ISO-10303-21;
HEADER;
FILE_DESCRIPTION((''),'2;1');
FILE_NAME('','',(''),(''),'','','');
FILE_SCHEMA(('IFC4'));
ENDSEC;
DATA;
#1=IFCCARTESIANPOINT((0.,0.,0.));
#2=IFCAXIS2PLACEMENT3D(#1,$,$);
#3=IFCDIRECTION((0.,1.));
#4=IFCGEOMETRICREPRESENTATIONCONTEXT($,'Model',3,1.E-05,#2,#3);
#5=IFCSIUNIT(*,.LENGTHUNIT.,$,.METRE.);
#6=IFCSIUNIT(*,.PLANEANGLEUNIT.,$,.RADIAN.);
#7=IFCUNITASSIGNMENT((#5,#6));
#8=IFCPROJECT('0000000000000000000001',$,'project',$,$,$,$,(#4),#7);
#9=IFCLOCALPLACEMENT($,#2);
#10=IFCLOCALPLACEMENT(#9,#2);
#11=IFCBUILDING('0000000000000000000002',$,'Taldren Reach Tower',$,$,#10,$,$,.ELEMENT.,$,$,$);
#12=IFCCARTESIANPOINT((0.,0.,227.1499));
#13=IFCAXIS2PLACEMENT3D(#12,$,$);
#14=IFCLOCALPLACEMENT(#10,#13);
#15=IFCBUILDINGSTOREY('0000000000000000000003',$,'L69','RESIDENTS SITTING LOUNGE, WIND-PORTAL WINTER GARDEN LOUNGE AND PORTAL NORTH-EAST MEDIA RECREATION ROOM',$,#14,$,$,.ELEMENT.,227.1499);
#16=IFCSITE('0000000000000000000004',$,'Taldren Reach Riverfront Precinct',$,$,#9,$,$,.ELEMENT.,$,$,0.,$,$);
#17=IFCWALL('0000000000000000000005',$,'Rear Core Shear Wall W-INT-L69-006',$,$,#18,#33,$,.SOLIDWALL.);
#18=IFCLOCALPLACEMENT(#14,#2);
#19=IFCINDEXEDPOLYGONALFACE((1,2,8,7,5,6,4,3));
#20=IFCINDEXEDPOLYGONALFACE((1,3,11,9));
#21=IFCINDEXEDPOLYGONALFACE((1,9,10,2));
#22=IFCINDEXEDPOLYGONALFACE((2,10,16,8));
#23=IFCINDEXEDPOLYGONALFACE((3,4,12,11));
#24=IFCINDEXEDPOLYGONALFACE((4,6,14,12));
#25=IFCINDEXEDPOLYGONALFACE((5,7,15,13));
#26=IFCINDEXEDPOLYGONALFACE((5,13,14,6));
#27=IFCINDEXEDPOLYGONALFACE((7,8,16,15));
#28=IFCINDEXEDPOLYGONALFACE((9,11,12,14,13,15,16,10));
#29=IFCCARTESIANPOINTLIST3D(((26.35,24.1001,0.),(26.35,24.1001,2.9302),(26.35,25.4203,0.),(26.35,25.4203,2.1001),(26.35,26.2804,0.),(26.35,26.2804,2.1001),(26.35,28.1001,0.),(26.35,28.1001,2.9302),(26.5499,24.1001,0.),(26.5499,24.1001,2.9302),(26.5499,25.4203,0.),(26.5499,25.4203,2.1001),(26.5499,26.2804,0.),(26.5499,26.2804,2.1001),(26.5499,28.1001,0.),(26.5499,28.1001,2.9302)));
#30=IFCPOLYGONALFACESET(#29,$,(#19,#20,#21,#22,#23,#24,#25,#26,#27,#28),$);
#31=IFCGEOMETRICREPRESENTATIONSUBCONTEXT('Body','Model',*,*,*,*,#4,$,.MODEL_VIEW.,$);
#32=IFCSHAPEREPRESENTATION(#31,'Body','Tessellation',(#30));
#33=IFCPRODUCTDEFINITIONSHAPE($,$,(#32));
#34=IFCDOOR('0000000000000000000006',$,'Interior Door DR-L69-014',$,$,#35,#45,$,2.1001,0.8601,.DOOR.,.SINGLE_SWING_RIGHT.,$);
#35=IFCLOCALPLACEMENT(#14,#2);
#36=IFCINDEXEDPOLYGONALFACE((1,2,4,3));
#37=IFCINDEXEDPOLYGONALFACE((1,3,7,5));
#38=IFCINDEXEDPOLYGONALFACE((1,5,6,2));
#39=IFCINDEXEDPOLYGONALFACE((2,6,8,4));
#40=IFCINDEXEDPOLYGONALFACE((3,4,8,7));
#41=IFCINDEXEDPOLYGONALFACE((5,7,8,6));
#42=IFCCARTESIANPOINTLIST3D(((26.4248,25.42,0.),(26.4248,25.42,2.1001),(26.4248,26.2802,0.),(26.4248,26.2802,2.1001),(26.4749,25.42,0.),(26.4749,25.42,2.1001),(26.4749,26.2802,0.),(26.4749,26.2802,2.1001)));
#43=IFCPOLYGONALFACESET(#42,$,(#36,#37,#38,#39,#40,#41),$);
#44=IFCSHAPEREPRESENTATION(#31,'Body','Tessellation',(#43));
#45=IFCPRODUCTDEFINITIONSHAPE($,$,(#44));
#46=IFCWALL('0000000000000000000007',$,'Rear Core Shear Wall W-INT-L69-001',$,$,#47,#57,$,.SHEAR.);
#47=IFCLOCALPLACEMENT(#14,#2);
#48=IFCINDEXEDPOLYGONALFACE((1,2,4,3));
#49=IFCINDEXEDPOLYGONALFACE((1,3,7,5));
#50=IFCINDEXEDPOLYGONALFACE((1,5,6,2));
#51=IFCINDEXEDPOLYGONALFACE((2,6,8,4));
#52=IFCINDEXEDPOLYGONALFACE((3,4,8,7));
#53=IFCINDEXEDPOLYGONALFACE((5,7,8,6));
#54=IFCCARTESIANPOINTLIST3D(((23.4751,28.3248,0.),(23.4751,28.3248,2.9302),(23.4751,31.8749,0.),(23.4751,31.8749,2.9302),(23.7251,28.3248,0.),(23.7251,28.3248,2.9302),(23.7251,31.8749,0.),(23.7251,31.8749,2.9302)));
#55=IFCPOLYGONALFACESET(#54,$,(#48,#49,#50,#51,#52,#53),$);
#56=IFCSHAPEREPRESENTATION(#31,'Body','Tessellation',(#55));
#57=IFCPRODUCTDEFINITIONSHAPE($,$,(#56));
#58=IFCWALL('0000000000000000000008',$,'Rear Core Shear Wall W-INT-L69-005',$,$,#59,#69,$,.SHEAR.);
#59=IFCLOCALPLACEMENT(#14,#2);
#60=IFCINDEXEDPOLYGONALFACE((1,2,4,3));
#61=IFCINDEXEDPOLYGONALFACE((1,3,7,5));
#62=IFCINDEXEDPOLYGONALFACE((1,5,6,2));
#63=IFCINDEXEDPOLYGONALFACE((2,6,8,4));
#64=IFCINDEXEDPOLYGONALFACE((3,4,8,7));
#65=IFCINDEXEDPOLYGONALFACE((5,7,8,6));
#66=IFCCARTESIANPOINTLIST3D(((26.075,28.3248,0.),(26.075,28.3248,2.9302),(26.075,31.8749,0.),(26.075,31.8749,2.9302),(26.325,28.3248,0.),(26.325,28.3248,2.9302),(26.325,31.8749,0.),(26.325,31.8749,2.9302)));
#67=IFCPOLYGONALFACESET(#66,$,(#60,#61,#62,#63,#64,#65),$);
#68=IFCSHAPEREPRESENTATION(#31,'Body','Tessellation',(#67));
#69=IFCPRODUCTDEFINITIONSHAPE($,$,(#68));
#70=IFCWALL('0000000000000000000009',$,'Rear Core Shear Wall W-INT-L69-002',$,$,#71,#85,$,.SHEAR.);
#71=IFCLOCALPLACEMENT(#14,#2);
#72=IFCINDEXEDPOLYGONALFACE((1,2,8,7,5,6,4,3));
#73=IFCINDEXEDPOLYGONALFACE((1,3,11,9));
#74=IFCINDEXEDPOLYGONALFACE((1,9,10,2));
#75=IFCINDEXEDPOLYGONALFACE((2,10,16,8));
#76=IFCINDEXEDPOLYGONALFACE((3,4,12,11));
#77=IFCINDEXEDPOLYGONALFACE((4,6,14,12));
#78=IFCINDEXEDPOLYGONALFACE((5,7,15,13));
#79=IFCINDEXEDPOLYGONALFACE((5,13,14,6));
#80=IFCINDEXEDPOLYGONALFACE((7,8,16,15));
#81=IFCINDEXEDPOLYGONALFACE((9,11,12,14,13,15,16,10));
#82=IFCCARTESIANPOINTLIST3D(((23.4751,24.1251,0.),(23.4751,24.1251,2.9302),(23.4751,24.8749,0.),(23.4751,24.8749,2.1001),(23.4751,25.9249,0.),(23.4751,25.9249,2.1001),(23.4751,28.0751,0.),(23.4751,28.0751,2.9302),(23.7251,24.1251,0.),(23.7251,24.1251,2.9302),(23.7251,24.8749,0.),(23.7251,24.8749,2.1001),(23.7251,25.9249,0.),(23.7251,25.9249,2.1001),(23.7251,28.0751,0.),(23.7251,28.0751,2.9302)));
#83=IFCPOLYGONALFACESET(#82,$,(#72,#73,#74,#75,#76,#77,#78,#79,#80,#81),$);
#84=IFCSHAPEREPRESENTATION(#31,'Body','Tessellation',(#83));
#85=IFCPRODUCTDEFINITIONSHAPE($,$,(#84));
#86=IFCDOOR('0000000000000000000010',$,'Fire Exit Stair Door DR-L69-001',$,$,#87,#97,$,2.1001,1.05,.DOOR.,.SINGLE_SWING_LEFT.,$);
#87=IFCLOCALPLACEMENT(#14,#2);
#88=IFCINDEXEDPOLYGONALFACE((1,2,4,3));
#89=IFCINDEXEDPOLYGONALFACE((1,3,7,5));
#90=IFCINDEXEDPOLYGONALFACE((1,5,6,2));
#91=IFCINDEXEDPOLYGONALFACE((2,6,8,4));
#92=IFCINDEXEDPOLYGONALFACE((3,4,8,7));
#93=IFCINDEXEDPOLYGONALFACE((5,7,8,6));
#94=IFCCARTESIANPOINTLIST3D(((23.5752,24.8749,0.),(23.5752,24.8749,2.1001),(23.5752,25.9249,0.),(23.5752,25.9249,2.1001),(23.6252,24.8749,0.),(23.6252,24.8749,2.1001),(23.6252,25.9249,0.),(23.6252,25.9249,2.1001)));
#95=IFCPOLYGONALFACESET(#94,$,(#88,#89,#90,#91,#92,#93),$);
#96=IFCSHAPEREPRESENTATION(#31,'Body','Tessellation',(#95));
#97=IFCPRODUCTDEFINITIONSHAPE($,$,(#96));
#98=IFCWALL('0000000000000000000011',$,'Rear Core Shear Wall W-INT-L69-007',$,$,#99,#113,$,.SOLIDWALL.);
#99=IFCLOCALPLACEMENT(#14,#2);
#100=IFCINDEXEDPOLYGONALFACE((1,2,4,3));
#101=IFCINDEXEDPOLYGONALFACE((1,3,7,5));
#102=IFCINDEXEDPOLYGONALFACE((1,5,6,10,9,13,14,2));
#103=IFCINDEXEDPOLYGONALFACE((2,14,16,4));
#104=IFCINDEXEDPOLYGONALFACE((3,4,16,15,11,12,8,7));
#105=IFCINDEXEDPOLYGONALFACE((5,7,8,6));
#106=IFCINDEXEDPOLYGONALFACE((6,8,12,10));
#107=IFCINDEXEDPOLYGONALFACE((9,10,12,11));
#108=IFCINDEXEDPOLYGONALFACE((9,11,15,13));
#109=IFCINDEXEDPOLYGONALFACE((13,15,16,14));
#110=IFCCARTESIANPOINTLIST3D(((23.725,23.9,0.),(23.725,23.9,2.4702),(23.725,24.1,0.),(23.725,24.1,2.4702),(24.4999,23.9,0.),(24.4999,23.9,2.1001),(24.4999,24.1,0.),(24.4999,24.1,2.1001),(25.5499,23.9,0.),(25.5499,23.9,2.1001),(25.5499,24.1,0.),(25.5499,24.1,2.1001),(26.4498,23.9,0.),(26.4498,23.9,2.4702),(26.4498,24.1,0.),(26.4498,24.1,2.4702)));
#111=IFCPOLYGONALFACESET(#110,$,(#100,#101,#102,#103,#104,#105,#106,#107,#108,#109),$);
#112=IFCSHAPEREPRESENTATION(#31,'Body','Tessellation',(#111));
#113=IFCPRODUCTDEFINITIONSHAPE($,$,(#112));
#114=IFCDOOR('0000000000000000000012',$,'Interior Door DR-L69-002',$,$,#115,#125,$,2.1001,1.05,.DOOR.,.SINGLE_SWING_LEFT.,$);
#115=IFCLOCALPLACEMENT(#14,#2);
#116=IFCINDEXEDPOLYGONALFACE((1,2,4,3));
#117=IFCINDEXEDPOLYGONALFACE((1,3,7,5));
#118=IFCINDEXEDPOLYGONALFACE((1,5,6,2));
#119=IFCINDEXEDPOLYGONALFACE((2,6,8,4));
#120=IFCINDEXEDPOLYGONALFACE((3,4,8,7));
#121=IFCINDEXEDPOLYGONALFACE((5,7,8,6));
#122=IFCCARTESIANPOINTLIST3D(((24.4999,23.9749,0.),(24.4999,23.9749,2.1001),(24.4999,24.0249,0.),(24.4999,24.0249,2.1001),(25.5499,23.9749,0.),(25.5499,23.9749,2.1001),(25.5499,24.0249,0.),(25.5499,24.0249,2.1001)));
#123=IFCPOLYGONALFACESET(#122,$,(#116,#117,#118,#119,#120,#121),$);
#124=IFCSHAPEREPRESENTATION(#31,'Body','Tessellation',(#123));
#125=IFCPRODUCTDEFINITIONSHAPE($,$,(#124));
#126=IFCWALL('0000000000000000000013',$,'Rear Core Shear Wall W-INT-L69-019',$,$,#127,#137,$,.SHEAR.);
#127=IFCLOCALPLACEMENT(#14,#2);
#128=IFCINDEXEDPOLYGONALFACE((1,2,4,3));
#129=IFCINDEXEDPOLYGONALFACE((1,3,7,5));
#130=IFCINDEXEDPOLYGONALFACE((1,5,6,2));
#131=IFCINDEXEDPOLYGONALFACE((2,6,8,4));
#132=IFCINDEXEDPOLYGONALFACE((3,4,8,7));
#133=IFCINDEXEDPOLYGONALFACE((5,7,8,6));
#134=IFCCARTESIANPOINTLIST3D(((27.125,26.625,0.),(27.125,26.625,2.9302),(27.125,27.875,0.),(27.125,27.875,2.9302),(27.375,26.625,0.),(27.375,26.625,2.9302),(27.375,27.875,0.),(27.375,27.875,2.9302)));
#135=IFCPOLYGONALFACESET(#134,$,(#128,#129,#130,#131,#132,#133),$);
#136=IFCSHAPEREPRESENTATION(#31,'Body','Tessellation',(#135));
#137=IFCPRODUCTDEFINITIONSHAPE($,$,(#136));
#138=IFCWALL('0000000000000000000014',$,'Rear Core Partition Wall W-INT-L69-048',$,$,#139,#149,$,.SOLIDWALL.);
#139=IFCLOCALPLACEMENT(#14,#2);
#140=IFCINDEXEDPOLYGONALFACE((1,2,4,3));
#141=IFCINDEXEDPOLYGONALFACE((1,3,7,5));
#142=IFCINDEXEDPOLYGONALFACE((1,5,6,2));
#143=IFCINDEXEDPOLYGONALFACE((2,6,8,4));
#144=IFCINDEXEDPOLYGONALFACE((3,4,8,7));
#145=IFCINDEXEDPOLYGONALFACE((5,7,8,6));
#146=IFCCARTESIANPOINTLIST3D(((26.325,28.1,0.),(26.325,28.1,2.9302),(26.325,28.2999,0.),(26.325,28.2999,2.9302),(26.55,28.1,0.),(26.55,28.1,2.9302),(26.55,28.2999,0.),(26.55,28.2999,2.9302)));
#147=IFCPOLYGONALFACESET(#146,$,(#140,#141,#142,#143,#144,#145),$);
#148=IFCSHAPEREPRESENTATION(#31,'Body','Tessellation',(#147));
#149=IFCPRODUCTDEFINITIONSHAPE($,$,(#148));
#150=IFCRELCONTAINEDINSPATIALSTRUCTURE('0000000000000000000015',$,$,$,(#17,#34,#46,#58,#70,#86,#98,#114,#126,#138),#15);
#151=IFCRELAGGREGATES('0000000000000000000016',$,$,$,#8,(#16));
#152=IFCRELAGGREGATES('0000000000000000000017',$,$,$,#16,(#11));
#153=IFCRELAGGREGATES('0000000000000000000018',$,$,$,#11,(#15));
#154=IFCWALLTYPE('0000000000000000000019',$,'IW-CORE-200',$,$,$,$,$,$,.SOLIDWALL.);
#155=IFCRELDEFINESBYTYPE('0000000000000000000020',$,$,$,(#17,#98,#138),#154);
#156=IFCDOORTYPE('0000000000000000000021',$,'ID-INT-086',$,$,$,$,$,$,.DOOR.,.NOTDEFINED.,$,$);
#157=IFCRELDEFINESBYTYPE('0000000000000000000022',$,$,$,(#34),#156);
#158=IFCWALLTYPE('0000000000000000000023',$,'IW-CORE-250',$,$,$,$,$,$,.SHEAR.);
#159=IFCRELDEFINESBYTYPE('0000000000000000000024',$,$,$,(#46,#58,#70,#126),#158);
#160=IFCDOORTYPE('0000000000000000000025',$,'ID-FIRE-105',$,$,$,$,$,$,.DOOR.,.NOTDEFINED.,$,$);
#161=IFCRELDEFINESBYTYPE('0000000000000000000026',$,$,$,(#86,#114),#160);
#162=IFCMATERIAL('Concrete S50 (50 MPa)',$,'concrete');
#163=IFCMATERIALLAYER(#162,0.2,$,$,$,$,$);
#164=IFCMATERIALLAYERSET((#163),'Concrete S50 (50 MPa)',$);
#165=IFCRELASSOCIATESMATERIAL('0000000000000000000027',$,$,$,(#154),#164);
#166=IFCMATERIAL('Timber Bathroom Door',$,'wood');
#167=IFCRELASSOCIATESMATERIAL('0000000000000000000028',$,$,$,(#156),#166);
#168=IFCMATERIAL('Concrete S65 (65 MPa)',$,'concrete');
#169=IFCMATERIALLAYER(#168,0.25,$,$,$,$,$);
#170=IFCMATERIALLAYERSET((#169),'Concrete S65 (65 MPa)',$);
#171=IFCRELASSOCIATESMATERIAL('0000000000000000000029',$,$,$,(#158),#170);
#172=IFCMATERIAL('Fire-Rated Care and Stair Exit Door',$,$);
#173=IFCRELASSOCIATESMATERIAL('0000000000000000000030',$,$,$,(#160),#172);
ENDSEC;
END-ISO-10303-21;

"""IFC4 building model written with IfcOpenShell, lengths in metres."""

from ifc_helpers import new_model, si_unit, direction, frame, frame_2d, origin, place, context, subcontext, project, spatial, rectangle, extrude, source, transform, mapped, material, layer, layer_set, type_object, element, fill, save


model = new_model("IFC4")

# Units and contexts
model_context = context("Model", 3, precision=1e-05, world=origin(), true_north=direction((0.0, 1.0)))
body_context = subcontext(model_context, "Body", "Model", "MODEL_VIEW")
ifc_project = project(units=[si_unit("LENGTHUNIT", "METRE"), si_unit("PLANEANGLEUNIT", "RADIAN")], contexts=[model_context])

# Site, building, storey
site_placement = place(None, origin())
site = spatial("IfcSite", under=ifc_project, at=site_placement, Name="Taldren Reach Riverfront Precinct", CompositionType="ELEMENT", RefElevation=0.0)
building_placement = place(site_placement, origin())
building = spatial("IfcBuilding", under=site, at=building_placement, Name="Taldren Reach Tower", CompositionType="ELEMENT")
storey_placement = place(building_placement, frame((0.0, 0.0, 227.1499)))
storey = spatial("IfcBuildingStorey", under=building, at=storey_placement, Name="L69", Description="RESIDENTS SITTING LOUNGE, WIND-PORTAL WINTER GARDEN LOUNGE AND PORTAL NORTH-EAST MEDIA RECREATION ROOM", CompositionType="ELEMENT", Elevation=227.1499)

# Wall, opening, door
ifc_material_1 = material(Name="Concrete S50 (50 MPa)", Category="concrete")
ifc_layer_1 = layer(ifc_material_1, 0.2)
ifc_layer_set_1 = layer_set([ifc_layer_1], Name="Concrete S50 (50 MPa)")
wall_type_1 = type_object("IfcWallType", Name="IW-CORE-200", PredefinedType="SOLIDWALL", material=ifc_layer_set_1)
shared_shape_1 = source(origin(), body_context, "Body", "SweptSolid", [
    extrude(rectangle(XDim=4.0, YDim=0.2, at=frame_2d((2.0, 0.0))), origin(), (0.0, 0.0, 1.0), 2.9302),
])
wall_1_placement = place(storey_placement, frame((26.45, 24.1001, 0.0), z_axis=(0.0, 0.0, 1.0), x_axis=(0.0, 1.0, 0.0)))
wall_1 = element("IfcWall", 1, at=wall_1_placement, inside=storey, type_object=wall_type_1, Name="Rear Core Shear Wall W-INT-L69-006", PredefinedType="SOLIDWALL", context=body_context, shape_type="MappedRepresentation", body=[
    mapped(shared_shape_1, transform((0.0, 0.0, 0.0), scale=1.0)),
])
shared_shape_2 = source(origin(), body_context, "Body", "SweptSolid", [
    extrude(rectangle(XDim=0.8601, YDim=2.1001, at=frame_2d((0.4302, 1.05))), frame((0.0, 0.1099, 0.0), z_axis=(0.0, -1.0, 0.0), x_axis=(1.0, 0.0, 0.0)), (0.0, 0.0, 1.0), 0.22),
])
opening_1_placement = place(wall_1_placement, frame((1.3201, 0.0, 0.0)))
opening_1 = element("IfcOpeningElement", 2, at=opening_1_placement, cuts=wall_1, PredefinedType="OPENING", context=body_context, shape_type="MappedRepresentation", body=[
    mapped(shared_shape_2, transform((0.0, 0.0, 0.0), scale=1.0)),
])
ifc_material_2 = material(Name="Timber Bathroom Door", Category="wood")
door_type_1 = type_object("IfcDoorType", Name="ID-INT-086", OperationType="NOTDEFINED", PredefinedType="DOOR", material=ifc_material_2)
shared_shape_3 = source(origin(), body_context, "Body", "SweptSolid", [
    extrude(rectangle(XDim=0.8601, YDim=2.1001, at=frame_2d((0.4302, 1.05))), frame((0.0, 0.0249, 0.0), z_axis=(0.0, -1.0, 0.0), x_axis=(1.0, 0.0, 0.0)), (0.0, 0.0, 1.0), 0.05),
])
door_1_placement = place(opening_1_placement, frame((0.8601, 0.0, 0.0), z_axis=(0.0, 0.0, 1.0), x_axis=(-1.0, 0.0, 0.0)))
door_1 = element("IfcDoor", 3, at=door_1_placement, inside=storey, type_object=door_type_1, Name="Interior Door DR-L69-014", OperationType="SINGLE_SWING_RIGHT", OverallHeight=2.1001, OverallWidth=0.8601, PredefinedType="DOOR", context=body_context, shape_type="MappedRepresentation", body=[
    mapped(shared_shape_3, transform((0.0, 0.0, 0.0), scale=1.0)),
])
fill(opening_1, door_1)

# Walls
ifc_material_3 = material(Name="Concrete S65 (65 MPa)", Category="concrete")
ifc_layer_2 = layer(ifc_material_3, 0.25)
ifc_layer_set_2 = layer_set([ifc_layer_2], Name="Concrete S65 (65 MPa)")
wall_type_2 = type_object("IfcWallType", Name="IW-CORE-250", PredefinedType="SHEAR", material=ifc_layer_set_2)
shared_shape_4 = source(origin(), body_context, "Body", "SweptSolid", [
    extrude(rectangle(XDim=3.55, YDim=0.25, at=frame_2d((1.7749, 0.0))), origin(), (0.0, 0.0, 1.0), 2.9302),
])
for number, where, z_axis, x_axis, name in (
    (4, (23.6001, 28.325, 0.0), (0.0, 0.0, 1.0), (0.0, 1.0, 0.0), "Rear Core Shear Wall W-INT-L69-001"),
    (5, (26.2, 28.325, 0.0), (0.0, 0.0, 1.0), (0.0, 1.0, 0.0), "Rear Core Shear Wall W-INT-L69-005"),
):
    element("IfcWall", number, at=place(storey_placement, frame(where, z_axis=z_axis, x_axis=x_axis)), inside=storey, type_object=wall_type_2, Name=name, PredefinedType="SHEAR", context=body_context, shape_type="MappedRepresentation", body=[
        mapped(shared_shape_4, transform((0.0, 0.0, 0.0), scale=1.0)),
    ])

# Walls, openings, doors
shared_shape_5 = source(origin(), body_context, "Body", "SweptSolid", [
    extrude(rectangle(XDim=3.95, YDim=0.25, at=frame_2d((1.9751, 0.0))), origin(), (0.0, 0.0, 1.0), 2.9302),
])
wall_2_placement = place(storey_placement, frame((23.6001, 24.125, 0.0), z_axis=(0.0, 0.0, 1.0), x_axis=(0.0, 1.0, 0.0)))
wall_2 = element("IfcWall", 6, at=wall_2_placement, inside=storey, type_object=wall_type_2, Name="Rear Core Shear Wall W-INT-L69-002", PredefinedType="SHEAR", context=body_context, shape_type="MappedRepresentation", body=[
    mapped(shared_shape_5, transform((0.0, 0.0, 0.0), scale=1.0)),
])
shared_shape_6 = source(origin(), body_context, "Body", "SweptSolid", [
    extrude(rectangle(XDim=1.05, YDim=2.1001, at=frame_2d((0.5249, 1.05))), frame((0.0, 0.135, 0.0), z_axis=(0.0, -1.0, 0.0), x_axis=(1.0, 0.0, 0.0)), (0.0, 0.0, 1.0), 0.27),
])
opening_2_placement = place(wall_2_placement, frame((0.75, 0.0, 0.0)))
opening_2 = element("IfcOpeningElement", 7, at=opening_2_placement, cuts=wall_2, PredefinedType="OPENING", context=body_context, shape_type="MappedRepresentation", body=[
    mapped(shared_shape_6, transform((0.0, 0.0, 0.0), scale=1.0)),
])
ifc_material_4 = material(Name="Fire-Rated Care and Stair Exit Door")
door_type_2 = type_object("IfcDoorType", Name="ID-FIRE-105", OperationType="NOTDEFINED", PredefinedType="DOOR", material=ifc_material_4)
shared_shape_7 = source(origin(), body_context, "Body", "SweptSolid", [
    extrude(rectangle(XDim=1.05, YDim=2.1001, at=frame_2d((0.5249, 1.05))), frame((0.0, 0.0249, 0.0), z_axis=(0.0, -1.0, 0.0), x_axis=(1.0, 0.0, 0.0)), (0.0, 0.0, 1.0), 0.05),
])
door_2_placement = place(opening_2_placement, origin())
door_2 = element("IfcDoor", 8, at=door_2_placement, inside=storey, type_object=door_type_2, Name="Fire Exit Stair Door DR-L69-001", OperationType="SINGLE_SWING_LEFT", OverallHeight=2.1001, OverallWidth=1.05, PredefinedType="DOOR", context=body_context, shape_type="MappedRepresentation", body=[
    mapped(shared_shape_7, transform((0.0, 0.0, 0.0), scale=1.0)),
])
fill(opening_2, door_2)
shared_shape_8 = source(origin(), body_context, "Body", "SweptSolid", [
    extrude(rectangle(XDim=2.7249, YDim=0.2, at=frame_2d((1.3623, 0.0))), origin(), (0.0, 0.0, 1.0), 2.4702),
])
wall_3_placement = place(storey_placement, frame((23.7251, 24.0, 0.0), z_axis=(0.0, 0.0, 1.0), x_axis=(1.0, 0.0, 0.0)))
wall_3 = element("IfcWall", 9, at=wall_3_placement, inside=storey, type_object=wall_type_1, Name="Rear Core Shear Wall W-INT-L69-007", PredefinedType="SOLIDWALL", context=body_context, shape_type="MappedRepresentation", body=[
    mapped(shared_shape_8, transform((0.0, 0.0, 0.0), scale=1.0)),
])
shared_shape_9 = source(origin(), body_context, "Body", "SweptSolid", [
    extrude(rectangle(XDim=1.05, YDim=2.1001, at=frame_2d((0.5249, 1.05))), frame((0.0, 0.1099, 0.0), z_axis=(0.0, -1.0, 0.0), x_axis=(1.0, 0.0, 0.0)), (0.0, 0.0, 1.0), 0.22),
])
opening_3_placement = place(wall_3_placement, frame((0.7749, 0.0, 0.0)))
opening_3 = element("IfcOpeningElement", 10, at=opening_3_placement, cuts=wall_3, PredefinedType="OPENING", context=body_context, shape_type="MappedRepresentation", body=[
    mapped(shared_shape_9, transform((0.0, 0.0, 0.0), scale=1.0)),
])
door_3_placement = place(opening_3_placement, origin())
door_3 = element("IfcDoor", 11, at=door_3_placement, inside=storey, type_object=door_type_2, Name="Interior Door DR-L69-002", OperationType="SINGLE_SWING_LEFT", OverallHeight=2.1001, OverallWidth=1.05, PredefinedType="DOOR", context=body_context, shape_type="MappedRepresentation", body=[
    mapped(shared_shape_7, transform((0.0, 0.0, 0.0), scale=1.0)),
])
fill(opening_3, door_3)

# Walls
shared_shape_10 = source(origin(), body_context, "Body", "SweptSolid", [
    extrude(rectangle(XDim=1.25, YDim=0.25, at=frame_2d((0.625, 0.0))), origin(), (0.0, 0.0, 1.0), 2.9302),
])
wall_4_placement = place(storey_placement, frame((27.25, 27.875, 0.0), z_axis=(0.0, 0.0, 1.0), x_axis=(0.0, -1.0, 0.0)))
element("IfcWall", 12, at=wall_4_placement, inside=storey, type_object=wall_type_2, Name="Rear Core Shear Wall W-INT-L69-019", PredefinedType="SHEAR", context=body_context, shape_type="MappedRepresentation", body=[
    mapped(shared_shape_10, transform((0.0, 0.0, 0.0), scale=1.0)),
])
shared_shape_11 = source(origin(), body_context, "Body", "SweptSolid", [
    extrude(rectangle(XDim=0.2251, YDim=0.2, at=frame_2d((0.1125, 0.0))), origin(), (0.0, 0.0, 1.0), 2.9302),
])
wall_5_placement = place(storey_placement, frame((26.325, 28.2, 0.0), z_axis=(0.0, 0.0, 1.0), x_axis=(1.0, 0.0, 0.0)))
element("IfcWall", 13, at=wall_5_placement, inside=storey, type_object=wall_type_1, Name="Rear Core Partition Wall W-INT-L69-048", PredefinedType="SOLIDWALL", context=body_context, shape_type="MappedRepresentation", body=[
    mapped(shared_shape_11, transform((0.0, 0.0, 0.0), scale=1.0)),
])

save(model, "model.ifc")
